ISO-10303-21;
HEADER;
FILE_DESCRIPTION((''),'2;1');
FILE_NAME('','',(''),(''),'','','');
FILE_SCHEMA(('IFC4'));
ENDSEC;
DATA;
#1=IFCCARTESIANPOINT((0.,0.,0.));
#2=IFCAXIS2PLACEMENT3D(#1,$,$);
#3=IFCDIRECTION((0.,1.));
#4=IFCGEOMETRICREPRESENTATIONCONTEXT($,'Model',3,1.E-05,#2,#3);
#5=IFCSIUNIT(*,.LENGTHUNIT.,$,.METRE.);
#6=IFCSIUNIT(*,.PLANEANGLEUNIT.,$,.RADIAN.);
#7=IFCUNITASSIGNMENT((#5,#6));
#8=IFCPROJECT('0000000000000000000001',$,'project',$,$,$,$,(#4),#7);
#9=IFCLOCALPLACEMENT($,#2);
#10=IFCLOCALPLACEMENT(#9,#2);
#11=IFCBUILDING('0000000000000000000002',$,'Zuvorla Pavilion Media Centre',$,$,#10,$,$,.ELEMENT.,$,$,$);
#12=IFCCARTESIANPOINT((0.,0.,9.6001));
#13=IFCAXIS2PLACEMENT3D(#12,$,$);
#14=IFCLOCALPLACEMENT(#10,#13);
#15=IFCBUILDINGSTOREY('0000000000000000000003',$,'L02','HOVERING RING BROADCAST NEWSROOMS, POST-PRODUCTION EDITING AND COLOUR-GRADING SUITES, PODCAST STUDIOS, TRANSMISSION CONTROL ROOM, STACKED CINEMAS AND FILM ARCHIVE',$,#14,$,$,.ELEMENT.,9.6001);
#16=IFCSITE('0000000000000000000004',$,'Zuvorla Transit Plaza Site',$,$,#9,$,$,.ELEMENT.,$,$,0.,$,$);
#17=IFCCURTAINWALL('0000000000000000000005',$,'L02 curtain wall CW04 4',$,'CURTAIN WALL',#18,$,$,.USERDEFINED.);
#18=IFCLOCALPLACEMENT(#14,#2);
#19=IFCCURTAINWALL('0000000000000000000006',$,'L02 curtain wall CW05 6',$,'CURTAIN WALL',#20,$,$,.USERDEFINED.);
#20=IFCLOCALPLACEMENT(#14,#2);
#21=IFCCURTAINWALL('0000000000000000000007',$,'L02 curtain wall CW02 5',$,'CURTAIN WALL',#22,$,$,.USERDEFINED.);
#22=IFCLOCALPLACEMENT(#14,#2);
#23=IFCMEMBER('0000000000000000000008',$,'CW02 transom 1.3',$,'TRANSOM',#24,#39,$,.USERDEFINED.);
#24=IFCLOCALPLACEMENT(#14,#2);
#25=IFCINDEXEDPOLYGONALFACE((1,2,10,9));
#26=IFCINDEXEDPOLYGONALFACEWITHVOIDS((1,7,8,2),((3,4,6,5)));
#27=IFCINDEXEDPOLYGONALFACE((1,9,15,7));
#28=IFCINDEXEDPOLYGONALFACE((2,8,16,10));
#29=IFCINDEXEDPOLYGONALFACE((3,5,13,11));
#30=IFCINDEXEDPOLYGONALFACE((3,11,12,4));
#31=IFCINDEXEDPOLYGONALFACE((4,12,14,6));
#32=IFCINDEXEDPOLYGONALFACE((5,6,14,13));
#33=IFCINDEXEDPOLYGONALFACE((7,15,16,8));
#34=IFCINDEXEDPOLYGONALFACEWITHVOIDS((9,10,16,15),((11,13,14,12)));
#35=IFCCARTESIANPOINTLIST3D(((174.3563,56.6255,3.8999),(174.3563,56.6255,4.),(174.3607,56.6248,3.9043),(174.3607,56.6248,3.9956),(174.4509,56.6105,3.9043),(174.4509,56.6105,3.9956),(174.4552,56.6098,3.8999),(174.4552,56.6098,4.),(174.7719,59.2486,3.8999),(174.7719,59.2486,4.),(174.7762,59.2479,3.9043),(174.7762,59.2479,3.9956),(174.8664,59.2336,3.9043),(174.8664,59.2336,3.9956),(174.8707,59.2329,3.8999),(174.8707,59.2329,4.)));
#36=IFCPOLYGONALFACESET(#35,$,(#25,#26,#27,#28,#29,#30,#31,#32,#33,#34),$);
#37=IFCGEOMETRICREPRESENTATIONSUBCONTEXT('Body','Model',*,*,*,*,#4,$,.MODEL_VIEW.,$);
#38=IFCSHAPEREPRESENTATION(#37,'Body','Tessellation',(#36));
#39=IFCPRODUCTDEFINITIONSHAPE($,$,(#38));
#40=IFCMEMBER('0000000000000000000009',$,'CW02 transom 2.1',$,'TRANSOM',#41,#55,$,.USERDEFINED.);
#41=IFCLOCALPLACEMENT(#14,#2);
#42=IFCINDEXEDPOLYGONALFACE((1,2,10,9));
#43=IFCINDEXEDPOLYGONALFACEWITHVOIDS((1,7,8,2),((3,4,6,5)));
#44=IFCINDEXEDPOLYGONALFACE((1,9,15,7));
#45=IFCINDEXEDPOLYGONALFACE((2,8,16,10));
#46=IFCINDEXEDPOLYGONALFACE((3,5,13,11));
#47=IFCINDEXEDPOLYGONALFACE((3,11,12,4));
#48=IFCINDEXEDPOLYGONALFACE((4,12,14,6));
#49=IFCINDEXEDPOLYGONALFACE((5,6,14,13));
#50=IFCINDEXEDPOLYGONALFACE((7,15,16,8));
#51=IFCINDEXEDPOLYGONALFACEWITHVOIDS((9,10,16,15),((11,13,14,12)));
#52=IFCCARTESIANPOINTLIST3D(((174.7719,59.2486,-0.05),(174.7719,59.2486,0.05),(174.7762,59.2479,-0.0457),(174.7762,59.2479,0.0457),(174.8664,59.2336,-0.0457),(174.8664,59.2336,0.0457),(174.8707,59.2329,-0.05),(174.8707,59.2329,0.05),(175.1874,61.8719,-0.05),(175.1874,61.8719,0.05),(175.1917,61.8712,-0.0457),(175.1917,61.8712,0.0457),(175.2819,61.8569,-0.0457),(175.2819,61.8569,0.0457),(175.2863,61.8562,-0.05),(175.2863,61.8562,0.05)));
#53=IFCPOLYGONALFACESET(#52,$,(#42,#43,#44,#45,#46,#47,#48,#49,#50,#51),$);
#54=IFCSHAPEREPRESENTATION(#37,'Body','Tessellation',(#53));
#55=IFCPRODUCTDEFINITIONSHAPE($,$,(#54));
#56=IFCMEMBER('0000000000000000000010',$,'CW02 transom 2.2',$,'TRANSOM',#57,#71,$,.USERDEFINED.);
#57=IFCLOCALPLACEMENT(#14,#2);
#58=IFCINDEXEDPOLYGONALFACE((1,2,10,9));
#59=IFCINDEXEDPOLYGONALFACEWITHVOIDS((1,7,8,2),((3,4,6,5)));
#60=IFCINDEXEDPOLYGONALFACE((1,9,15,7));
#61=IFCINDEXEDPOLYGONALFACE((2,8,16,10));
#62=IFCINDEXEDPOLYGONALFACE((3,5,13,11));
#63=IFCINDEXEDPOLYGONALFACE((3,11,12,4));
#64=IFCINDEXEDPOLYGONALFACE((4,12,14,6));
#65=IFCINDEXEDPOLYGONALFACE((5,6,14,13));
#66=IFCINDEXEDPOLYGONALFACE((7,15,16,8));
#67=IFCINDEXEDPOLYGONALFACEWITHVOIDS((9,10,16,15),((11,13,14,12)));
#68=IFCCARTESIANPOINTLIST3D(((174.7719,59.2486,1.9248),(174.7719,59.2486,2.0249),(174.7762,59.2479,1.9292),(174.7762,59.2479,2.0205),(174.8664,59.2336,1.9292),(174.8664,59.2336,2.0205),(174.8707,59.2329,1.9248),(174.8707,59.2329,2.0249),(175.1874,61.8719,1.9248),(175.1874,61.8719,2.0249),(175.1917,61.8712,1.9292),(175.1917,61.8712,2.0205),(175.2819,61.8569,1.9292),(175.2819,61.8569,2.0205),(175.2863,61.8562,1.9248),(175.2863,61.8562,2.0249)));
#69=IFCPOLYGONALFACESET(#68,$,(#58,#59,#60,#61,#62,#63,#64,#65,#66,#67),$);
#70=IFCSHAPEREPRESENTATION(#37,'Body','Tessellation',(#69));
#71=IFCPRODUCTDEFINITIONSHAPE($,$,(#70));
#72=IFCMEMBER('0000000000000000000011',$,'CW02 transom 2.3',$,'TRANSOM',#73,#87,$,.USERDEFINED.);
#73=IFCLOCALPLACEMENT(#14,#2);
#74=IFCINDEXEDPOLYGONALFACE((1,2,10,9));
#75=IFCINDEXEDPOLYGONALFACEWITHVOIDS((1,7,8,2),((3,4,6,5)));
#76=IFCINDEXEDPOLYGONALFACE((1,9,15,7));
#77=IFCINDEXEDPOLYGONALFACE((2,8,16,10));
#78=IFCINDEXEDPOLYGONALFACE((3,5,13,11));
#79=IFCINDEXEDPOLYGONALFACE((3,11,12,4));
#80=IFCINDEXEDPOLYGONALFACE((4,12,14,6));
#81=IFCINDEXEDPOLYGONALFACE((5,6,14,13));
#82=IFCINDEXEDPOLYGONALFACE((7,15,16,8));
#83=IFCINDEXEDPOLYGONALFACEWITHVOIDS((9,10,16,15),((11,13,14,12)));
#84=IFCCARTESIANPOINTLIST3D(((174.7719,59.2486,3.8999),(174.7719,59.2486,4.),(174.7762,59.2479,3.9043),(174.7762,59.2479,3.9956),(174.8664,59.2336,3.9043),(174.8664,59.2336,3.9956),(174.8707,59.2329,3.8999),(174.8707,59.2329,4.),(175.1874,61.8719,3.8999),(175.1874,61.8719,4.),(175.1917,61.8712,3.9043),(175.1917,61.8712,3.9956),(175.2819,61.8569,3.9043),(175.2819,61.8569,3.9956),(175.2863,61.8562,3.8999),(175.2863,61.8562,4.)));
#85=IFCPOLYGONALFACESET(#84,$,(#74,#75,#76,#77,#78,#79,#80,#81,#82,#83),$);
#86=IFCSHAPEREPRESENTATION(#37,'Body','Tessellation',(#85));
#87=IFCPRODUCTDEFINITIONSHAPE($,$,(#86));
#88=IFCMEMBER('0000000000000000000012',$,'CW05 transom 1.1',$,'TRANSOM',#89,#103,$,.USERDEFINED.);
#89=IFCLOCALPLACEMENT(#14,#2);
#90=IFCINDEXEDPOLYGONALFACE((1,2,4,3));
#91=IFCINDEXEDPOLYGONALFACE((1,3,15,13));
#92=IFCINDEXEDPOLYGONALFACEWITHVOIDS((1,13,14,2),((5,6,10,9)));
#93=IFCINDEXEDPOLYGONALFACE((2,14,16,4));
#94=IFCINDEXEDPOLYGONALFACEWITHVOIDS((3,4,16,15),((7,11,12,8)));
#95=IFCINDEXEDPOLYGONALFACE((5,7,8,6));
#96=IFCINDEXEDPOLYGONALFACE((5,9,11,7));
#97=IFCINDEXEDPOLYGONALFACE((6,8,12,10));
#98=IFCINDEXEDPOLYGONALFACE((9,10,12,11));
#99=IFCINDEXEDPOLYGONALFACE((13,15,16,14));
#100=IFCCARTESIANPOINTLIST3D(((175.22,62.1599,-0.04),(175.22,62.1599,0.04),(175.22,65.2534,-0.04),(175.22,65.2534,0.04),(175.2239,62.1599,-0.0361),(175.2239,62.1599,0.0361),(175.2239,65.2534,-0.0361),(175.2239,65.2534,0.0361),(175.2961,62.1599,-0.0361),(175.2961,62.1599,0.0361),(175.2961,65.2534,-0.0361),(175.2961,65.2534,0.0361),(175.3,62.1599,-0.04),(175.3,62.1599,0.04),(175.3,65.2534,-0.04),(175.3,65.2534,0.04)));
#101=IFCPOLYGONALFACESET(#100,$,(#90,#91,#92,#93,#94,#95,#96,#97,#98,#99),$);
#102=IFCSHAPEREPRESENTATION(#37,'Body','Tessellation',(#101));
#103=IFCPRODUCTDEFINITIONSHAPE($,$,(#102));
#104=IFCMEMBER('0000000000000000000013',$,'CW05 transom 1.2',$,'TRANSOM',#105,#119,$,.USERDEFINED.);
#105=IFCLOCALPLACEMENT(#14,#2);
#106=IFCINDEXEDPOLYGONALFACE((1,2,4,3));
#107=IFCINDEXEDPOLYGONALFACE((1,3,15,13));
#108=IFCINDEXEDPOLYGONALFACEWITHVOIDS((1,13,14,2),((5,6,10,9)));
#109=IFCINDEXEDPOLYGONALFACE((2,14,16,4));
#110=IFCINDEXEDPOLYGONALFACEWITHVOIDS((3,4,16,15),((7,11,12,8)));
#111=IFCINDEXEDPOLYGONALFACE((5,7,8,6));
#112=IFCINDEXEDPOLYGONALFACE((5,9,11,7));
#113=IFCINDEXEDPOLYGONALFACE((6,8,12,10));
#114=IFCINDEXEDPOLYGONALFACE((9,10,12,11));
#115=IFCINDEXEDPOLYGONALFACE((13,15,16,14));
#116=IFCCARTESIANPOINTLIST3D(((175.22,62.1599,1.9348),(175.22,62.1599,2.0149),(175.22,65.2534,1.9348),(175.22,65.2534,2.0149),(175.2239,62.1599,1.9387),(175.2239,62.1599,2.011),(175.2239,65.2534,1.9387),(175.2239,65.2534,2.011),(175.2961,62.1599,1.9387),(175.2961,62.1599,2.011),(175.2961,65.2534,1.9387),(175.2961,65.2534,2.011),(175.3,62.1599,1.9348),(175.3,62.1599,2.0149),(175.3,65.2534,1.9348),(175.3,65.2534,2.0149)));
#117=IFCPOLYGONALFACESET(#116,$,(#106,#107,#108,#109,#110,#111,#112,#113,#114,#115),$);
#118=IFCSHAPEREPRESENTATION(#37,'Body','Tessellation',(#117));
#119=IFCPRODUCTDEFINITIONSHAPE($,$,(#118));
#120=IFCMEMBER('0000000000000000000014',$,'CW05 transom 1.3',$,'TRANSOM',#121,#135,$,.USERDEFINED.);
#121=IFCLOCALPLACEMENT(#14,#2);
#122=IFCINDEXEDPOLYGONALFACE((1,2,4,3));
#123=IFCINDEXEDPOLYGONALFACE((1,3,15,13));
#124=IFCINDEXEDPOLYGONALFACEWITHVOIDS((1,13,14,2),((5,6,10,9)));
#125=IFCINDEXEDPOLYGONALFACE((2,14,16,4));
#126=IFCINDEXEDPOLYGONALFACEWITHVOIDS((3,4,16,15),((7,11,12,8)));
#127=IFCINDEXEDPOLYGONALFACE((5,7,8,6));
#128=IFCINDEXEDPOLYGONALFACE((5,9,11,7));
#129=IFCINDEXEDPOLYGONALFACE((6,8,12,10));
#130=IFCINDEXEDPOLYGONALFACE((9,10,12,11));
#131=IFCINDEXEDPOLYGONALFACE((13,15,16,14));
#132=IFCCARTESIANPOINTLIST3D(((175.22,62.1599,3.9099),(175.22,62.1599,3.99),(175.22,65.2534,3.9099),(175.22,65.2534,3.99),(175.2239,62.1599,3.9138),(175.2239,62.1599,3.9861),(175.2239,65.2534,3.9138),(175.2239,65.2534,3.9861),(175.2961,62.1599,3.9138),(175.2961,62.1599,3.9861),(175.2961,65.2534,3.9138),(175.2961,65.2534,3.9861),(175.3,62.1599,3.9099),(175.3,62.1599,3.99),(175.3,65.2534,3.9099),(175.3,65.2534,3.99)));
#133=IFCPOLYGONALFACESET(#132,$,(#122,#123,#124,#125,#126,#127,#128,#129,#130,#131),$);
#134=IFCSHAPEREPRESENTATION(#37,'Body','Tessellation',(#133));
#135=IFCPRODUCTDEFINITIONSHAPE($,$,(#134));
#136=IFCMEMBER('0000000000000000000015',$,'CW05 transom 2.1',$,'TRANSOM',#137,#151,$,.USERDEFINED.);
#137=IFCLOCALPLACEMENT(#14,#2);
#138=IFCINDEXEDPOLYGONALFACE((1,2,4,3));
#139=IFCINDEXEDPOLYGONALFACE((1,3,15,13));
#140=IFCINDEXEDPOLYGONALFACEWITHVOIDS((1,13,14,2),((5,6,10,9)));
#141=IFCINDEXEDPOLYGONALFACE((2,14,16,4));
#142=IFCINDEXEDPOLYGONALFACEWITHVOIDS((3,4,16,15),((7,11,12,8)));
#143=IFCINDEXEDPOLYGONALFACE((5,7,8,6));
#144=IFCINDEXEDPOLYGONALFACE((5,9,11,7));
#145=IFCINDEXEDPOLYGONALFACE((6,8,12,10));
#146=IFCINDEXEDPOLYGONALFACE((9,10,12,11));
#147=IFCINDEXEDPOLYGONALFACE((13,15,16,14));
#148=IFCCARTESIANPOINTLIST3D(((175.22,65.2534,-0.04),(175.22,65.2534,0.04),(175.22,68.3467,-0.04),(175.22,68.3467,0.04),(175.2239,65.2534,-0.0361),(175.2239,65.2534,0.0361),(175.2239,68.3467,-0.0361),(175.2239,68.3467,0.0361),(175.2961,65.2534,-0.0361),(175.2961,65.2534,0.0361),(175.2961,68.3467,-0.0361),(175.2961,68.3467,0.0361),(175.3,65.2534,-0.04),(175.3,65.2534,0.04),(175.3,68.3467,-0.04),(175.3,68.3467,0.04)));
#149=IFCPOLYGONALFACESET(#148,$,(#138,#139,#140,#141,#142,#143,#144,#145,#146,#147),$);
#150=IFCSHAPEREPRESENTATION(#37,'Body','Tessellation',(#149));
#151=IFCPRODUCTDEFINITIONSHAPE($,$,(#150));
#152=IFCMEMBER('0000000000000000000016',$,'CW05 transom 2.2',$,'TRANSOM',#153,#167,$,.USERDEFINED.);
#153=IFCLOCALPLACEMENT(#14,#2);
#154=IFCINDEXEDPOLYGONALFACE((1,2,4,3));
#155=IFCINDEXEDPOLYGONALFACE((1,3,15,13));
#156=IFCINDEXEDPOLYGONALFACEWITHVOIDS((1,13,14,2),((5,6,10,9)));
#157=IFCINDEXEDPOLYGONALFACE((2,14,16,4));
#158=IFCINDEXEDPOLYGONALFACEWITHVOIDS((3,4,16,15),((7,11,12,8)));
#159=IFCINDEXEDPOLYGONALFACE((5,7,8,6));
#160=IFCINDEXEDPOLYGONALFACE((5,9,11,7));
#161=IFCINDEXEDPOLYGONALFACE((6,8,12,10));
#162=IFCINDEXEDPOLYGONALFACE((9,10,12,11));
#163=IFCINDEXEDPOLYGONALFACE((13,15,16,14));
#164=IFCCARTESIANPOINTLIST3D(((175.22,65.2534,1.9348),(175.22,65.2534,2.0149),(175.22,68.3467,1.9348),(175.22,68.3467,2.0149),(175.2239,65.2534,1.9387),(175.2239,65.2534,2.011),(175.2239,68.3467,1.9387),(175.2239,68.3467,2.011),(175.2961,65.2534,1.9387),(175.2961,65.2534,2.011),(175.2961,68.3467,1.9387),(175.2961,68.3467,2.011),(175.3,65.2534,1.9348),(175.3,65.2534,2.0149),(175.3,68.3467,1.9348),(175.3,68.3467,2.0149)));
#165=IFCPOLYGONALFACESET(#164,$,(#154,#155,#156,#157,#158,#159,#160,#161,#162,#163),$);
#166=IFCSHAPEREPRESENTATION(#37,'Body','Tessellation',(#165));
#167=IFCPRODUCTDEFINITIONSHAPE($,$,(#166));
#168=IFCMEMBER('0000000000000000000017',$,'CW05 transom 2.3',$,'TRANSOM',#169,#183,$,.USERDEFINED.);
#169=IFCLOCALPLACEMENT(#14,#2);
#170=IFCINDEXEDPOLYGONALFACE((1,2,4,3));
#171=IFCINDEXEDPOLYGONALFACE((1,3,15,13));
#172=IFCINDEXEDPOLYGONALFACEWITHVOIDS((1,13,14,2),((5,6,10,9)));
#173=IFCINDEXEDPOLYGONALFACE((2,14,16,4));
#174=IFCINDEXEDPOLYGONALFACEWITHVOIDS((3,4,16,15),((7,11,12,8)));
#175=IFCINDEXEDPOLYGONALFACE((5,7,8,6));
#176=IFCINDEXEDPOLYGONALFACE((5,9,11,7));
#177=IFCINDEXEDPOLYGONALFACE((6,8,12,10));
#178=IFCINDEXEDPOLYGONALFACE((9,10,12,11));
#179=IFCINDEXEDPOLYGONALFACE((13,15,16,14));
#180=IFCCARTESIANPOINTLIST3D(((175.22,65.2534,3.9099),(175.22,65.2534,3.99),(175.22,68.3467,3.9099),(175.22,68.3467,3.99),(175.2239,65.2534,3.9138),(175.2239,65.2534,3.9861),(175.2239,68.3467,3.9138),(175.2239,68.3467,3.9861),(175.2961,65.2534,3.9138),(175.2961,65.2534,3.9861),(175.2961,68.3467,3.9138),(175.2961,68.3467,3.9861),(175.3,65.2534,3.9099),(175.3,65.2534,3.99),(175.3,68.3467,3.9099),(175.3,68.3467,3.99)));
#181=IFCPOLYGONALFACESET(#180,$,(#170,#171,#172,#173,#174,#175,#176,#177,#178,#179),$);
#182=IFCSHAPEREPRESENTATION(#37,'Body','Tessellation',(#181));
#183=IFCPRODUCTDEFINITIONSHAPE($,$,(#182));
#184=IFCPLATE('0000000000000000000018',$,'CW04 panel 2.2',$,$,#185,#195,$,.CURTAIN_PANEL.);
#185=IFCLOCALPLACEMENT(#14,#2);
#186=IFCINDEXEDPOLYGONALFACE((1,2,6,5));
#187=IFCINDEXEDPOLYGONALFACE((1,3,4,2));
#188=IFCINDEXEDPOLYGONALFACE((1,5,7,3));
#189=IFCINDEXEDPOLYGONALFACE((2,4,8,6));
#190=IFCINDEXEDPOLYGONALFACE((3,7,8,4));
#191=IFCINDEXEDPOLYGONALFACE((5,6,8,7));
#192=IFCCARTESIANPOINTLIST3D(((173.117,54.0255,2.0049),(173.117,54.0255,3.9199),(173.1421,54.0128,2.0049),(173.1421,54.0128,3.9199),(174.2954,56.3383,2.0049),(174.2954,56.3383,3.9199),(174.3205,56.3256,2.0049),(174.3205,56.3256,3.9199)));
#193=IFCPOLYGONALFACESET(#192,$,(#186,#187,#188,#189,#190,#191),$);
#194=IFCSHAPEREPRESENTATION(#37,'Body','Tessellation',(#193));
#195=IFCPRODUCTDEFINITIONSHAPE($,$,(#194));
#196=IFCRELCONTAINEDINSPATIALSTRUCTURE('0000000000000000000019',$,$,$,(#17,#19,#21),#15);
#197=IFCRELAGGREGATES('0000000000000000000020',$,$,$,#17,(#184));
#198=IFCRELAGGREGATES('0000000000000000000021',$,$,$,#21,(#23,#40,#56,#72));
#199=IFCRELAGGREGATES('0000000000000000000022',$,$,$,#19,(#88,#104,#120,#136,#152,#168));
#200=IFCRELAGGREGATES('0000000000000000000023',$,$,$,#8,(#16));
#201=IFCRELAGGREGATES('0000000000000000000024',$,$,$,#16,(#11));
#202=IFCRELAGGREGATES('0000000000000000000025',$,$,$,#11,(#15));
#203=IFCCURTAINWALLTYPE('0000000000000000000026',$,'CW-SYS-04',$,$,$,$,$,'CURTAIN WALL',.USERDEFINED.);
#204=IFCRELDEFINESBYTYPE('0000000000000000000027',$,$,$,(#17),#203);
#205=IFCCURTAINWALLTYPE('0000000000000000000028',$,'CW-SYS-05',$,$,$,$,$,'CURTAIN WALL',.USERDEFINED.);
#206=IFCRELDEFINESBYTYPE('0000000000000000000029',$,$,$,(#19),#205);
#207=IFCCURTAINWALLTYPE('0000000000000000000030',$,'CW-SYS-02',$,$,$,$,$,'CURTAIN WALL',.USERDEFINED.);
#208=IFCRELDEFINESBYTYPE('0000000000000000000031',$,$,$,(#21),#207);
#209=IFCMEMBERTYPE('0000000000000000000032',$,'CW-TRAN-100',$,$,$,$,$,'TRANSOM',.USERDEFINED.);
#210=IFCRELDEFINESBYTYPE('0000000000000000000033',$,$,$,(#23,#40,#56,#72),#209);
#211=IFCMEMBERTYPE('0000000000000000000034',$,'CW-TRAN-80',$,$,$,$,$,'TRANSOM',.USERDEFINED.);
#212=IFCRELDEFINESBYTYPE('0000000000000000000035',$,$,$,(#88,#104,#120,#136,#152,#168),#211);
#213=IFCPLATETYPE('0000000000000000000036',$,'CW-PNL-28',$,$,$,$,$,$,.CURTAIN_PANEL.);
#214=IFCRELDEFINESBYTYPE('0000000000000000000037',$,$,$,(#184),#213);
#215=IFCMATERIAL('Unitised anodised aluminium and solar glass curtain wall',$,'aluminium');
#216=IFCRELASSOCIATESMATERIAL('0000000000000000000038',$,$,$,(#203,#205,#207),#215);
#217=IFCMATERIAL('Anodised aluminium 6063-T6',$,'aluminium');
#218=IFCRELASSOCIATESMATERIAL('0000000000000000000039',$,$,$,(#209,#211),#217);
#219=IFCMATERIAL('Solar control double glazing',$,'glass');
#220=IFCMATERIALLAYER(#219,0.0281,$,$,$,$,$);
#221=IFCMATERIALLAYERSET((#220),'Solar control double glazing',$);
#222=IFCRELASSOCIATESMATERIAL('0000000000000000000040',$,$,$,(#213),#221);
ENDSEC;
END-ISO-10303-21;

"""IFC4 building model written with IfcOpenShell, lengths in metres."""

from ifc_helpers import new_model, si_unit, direction, frame, origin, origin_2d, place, context, subcontext, project, spatial, rectangle, hollow_rectangle, extrude, material, layer, layer_set, material_profile, profile_set, type_object, element, aggregate, save


model = new_model("IFC4")

# Units and contexts
model_context = context("Model", 3, precision=1e-05, world=origin(), true_north=direction((0.0, 1.0)))
body_context = subcontext(model_context, "Body", "Model", "MODEL_VIEW")
ifc_project = project(units=[si_unit("LENGTHUNIT", "METRE"), si_unit("PLANEANGLEUNIT", "RADIAN")], contexts=[model_context])

# Site, building, storey
site_placement = place(None, origin())
site = spatial("IfcSite", under=ifc_project, at=site_placement, Name="Zuvorla Transit Plaza Site", CompositionType="ELEMENT", RefElevation=0.0)
building_placement = place(site_placement, origin())
building = spatial("IfcBuilding", under=site, at=building_placement, Name="Zuvorla Pavilion Media Centre", CompositionType="ELEMENT")
storey_placement = place(building_placement, frame((0.0, 0.0, 9.6001)))
storey = spatial("IfcBuildingStorey", under=building, at=storey_placement, Name="L02", Description="HOVERING RING BROADCAST NEWSROOMS, POST-PRODUCTION EDITING AND COLOUR-GRADING SUITES, PODCAST STUDIOS, TRANSMISSION CONTROL ROOM, STACKED CINEMAS AND FILM ARCHIVE", CompositionType="ELEMENT", Elevation=9.6001)

# Curtain wall
ifc_material_1 = material(Name="Unitised anodised aluminium and solar glass curtain wall", Category="aluminium")
curtain_wall_type_1 = type_object("IfcCurtainWallType", Name="CW-SYS-04", ElementType="CURTAIN WALL", PredefinedType="USERDEFINED", material=ifc_material_1)
curtain_wall_1_placement = place(storey_placement, origin())
curtain_wall_1 = element("IfcCurtainWall", 1, at=curtain_wall_1_placement, inside=storey, type_object=curtain_wall_type_1, Name="L02 curtain wall CW04 4", ObjectType="CURTAIN WALL", PredefinedType="USERDEFINED")
ifc_material_2 = material(Name="Anodised aluminium 6063-T6", Category="aluminium")

# Curtain walls, members
curtain_wall_type_2 = type_object("IfcCurtainWallType", Name="CW-SYS-05", ElementType="CURTAIN WALL", PredefinedType="USERDEFINED", material=ifc_material_1)
curtain_wall_2_placement = place(storey_placement, origin())
curtain_wall_2 = element("IfcCurtainWall", 2, at=curtain_wall_2_placement, inside=storey, type_object=curtain_wall_type_2, Name="L02 curtain wall CW05 6", ObjectType="CURTAIN WALL", PredefinedType="USERDEFINED")
curtain_wall_type_3 = type_object("IfcCurtainWallType", Name="CW-SYS-02", ElementType="CURTAIN WALL", PredefinedType="USERDEFINED", material=ifc_material_1)
curtain_wall_3_placement = place(storey_placement, origin())
curtain_wall_3 = element("IfcCurtainWall", 3, at=curtain_wall_3_placement, inside=storey, type_object=curtain_wall_type_3, Name="L02 curtain wall CW02 5", ObjectType="CURTAIN WALL", PredefinedType="USERDEFINED")
ifc_material_profile_1 = material_profile(ifc_material_2, hollow_rectangle(XDim=0.1001, YDim=0.1001, WallThickness=0.0044, at=origin_2d()), Name="ALU TRAN 100x100")
ifc_profile_set_1 = profile_set([ifc_material_profile_1], Name="Anodised aluminium 6063-T6")
member_type_1 = type_object("IfcMemberType", Name="CW-TRAN-100", ElementType="TRANSOM", PredefinedType="USERDEFINED", material=ifc_profile_set_1)
member_1_placement = place(storey_placement, frame((174.4058, 56.6177, 3.95), z_axis=(0.156463, 0.987684, 0.0), x_axis=(-0.987684, 0.156463, 0.0)))
member_1 = element("IfcMember", 4, at=member_1_placement, type_object=member_type_1, Name="CW02 transom 1.3", ObjectType="TRANSOM", PredefinedType="USERDEFINED", context=body_context, shape_type="SweptSolid", body=[
    extrude(hollow_rectangle(XDim=0.1001, YDim=0.1001, WallThickness=0.0044, at=origin_2d()), origin(), (0.0, 0.0, 1.0), 2.6558),
])
member_2_placement = place(storey_placement, frame((174.8213, 59.2407, 0.0), z_axis=(0.156449, 0.987686, 0.0), x_axis=(-0.987686, 0.156449, 0.0)))
member_2 = element("IfcMember", 5, at=member_2_placement, type_object=member_type_1, Name="CW02 transom 2.1", ObjectType="TRANSOM", PredefinedType="USERDEFINED", context=body_context, shape_type="SweptSolid", body=[
    extrude(hollow_rectangle(XDim=0.1001, YDim=0.1001, WallThickness=0.0044, at=origin_2d()), origin(), (0.0, 0.0, 1.0), 2.656),
])
member_3_placement = place(storey_placement, frame((174.8213, 59.2407, 1.9749), z_axis=(0.156449, 0.987686, 0.0), x_axis=(-0.987686, 0.156449, 0.0)))
member_3 = element("IfcMember", 6, at=member_3_placement, type_object=member_type_1, Name="CW02 transom 2.2", ObjectType="TRANSOM", PredefinedType="USERDEFINED", context=body_context, shape_type="SweptSolid", body=[
    extrude(hollow_rectangle(XDim=0.1001, YDim=0.1001, WallThickness=0.0044, at=origin_2d()), origin(), (0.0, 0.0, 1.0), 2.656),
])
member_4_placement = place(storey_placement, frame((174.8213, 59.2407, 3.95), z_axis=(0.156449, 0.987686, 0.0), x_axis=(-0.987686, 0.156449, 0.0)))
member_4 = element("IfcMember", 7, at=member_4_placement, type_object=member_type_1, Name="CW02 transom 2.3", ObjectType="TRANSOM", PredefinedType="USERDEFINED", context=body_context, shape_type="SweptSolid", body=[
    extrude(hollow_rectangle(XDim=0.1001, YDim=0.1001, WallThickness=0.0044, at=origin_2d()), origin(), (0.0, 0.0, 1.0), 2.656),
])

# Members
ifc_material_profile_2 = material_profile(ifc_material_2, hollow_rectangle(XDim=0.0801, YDim=0.0801, WallThickness=0.0039, at=origin_2d()), Name="ALU TRAN 80x80")
ifc_profile_set_2 = profile_set([ifc_material_profile_2], Name="Anodised aluminium 6063-T6")
member_type_2 = type_object("IfcMemberType", Name="CW-TRAN-80", ElementType="TRANSOM", PredefinedType="USERDEFINED", material=ifc_profile_set_2)
member_5_placement = place(storey_placement, frame((175.26, 62.1599, 0.0), z_axis=(0.0, 1.0, 0.0), x_axis=(-1.0, 0.0, 0.0)))
member_5 = element("IfcMember", 8, at=member_5_placement, type_object=member_type_2, Name="CW05 transom 1.1", ObjectType="TRANSOM", PredefinedType="USERDEFINED", context=body_context, shape_type="SweptSolid", body=[
    extrude(hollow_rectangle(XDim=0.0801, YDim=0.0801, WallThickness=0.0039, at=origin_2d()), origin(), (0.0, 0.0, 1.0), 3.0935),
])
member_6_placement = place(storey_placement, frame((175.26, 62.1599, 1.9749), z_axis=(0.0, 1.0, 0.0), x_axis=(-1.0, 0.0, 0.0)))
member_6 = element("IfcMember", 9, at=member_6_placement, type_object=member_type_2, Name="CW05 transom 1.2", ObjectType="TRANSOM", PredefinedType="USERDEFINED", context=body_context, shape_type="SweptSolid", body=[
    extrude(hollow_rectangle(XDim=0.0801, YDim=0.0801, WallThickness=0.0039, at=origin_2d()), origin(), (0.0, 0.0, 1.0), 3.0935),
])
member_7_placement = place(storey_placement, frame((175.26, 62.1599, 3.95), z_axis=(0.0, 1.0, 0.0), x_axis=(-1.0, 0.0, 0.0)))
member_7 = element("IfcMember", 10, at=member_7_placement, type_object=member_type_2, Name="CW05 transom 1.3", ObjectType="TRANSOM", PredefinedType="USERDEFINED", context=body_context, shape_type="SweptSolid", body=[
    extrude(hollow_rectangle(XDim=0.0801, YDim=0.0801, WallThickness=0.0039, at=origin_2d()), origin(), (0.0, 0.0, 1.0), 3.0935),
])
member_8_placement = place(storey_placement, frame((175.26, 65.2534, 0.0), z_axis=(0.0, 1.0, 0.0), x_axis=(-1.0, 0.0, 0.0)))
member_8 = element("IfcMember", 11, at=member_8_placement, type_object=member_type_2, Name="CW05 transom 2.1", ObjectType="TRANSOM", PredefinedType="USERDEFINED", context=body_context, shape_type="SweptSolid", body=[
    extrude(hollow_rectangle(XDim=0.0801, YDim=0.0801, WallThickness=0.0039, at=origin_2d()), origin(), (0.0, 0.0, 1.0), 3.0933),
])
member_9_placement = place(storey_placement, frame((175.26, 65.2534, 1.9749), z_axis=(0.0, 1.0, 0.0), x_axis=(-1.0, 0.0, 0.0)))
member_9 = element("IfcMember", 12, at=member_9_placement, type_object=member_type_2, Name="CW05 transom 2.2", ObjectType="TRANSOM", PredefinedType="USERDEFINED", context=body_context, shape_type="SweptSolid", body=[
    extrude(hollow_rectangle(XDim=0.0801, YDim=0.0801, WallThickness=0.0039, at=origin_2d()), origin(), (0.0, 0.0, 1.0), 3.0933),
])
member_10_placement = place(storey_placement, frame((175.26, 65.2534, 3.95), z_axis=(0.0, 1.0, 0.0), x_axis=(-1.0, 0.0, 0.0)))
member_10 = element("IfcMember", 13, at=member_10_placement, type_object=member_type_2, Name="CW05 transom 2.3", ObjectType="TRANSOM", PredefinedType="USERDEFINED", context=body_context, shape_type="SweptSolid", body=[
    extrude(hollow_rectangle(XDim=0.0801, YDim=0.0801, WallThickness=0.0039, at=origin_2d()), origin(), (0.0, 0.0, 1.0), 3.0933),
])

# Plate
ifc_material_3 = material(Name="Solar control double glazing", Category="glass")
ifc_layer_1 = layer(ifc_material_3, 0.0281)
ifc_layer_set_1 = layer_set([ifc_layer_1], Name="Solar control double glazing")
plate_type_1 = type_object("IfcPlateType", Name="CW-PNL-28", PredefinedType="CURTAIN_PANEL", material=ifc_layer_set_1)
plate_1_placement = place(storey_placement, frame((173.7188, 55.1755, 2.0049), z_axis=(0.0, 0.0, 1.0), x_axis=(0.453986, 0.891009, 0.0)))
plate_1 = element("IfcPlate", 14, at=plate_1_placement, type_object=plate_type_1, Name="CW04 panel 2.2", PredefinedType="CURTAIN_PANEL", context=body_context, shape_type="SweptSolid", body=[
    extrude(rectangle(XDim=2.5957, YDim=0.0281, at=origin_2d()), origin(), (0.0, 0.0, 1.0), 1.915),
])
aggregate(curtain_wall_1, [plate_1])
aggregate(curtain_wall_3, [member_1, member_2, member_3, member_4])
aggregate(curtain_wall_2, [member_5, member_6, member_7, member_8, member_9, member_10])

save(model, "model.ifc")
